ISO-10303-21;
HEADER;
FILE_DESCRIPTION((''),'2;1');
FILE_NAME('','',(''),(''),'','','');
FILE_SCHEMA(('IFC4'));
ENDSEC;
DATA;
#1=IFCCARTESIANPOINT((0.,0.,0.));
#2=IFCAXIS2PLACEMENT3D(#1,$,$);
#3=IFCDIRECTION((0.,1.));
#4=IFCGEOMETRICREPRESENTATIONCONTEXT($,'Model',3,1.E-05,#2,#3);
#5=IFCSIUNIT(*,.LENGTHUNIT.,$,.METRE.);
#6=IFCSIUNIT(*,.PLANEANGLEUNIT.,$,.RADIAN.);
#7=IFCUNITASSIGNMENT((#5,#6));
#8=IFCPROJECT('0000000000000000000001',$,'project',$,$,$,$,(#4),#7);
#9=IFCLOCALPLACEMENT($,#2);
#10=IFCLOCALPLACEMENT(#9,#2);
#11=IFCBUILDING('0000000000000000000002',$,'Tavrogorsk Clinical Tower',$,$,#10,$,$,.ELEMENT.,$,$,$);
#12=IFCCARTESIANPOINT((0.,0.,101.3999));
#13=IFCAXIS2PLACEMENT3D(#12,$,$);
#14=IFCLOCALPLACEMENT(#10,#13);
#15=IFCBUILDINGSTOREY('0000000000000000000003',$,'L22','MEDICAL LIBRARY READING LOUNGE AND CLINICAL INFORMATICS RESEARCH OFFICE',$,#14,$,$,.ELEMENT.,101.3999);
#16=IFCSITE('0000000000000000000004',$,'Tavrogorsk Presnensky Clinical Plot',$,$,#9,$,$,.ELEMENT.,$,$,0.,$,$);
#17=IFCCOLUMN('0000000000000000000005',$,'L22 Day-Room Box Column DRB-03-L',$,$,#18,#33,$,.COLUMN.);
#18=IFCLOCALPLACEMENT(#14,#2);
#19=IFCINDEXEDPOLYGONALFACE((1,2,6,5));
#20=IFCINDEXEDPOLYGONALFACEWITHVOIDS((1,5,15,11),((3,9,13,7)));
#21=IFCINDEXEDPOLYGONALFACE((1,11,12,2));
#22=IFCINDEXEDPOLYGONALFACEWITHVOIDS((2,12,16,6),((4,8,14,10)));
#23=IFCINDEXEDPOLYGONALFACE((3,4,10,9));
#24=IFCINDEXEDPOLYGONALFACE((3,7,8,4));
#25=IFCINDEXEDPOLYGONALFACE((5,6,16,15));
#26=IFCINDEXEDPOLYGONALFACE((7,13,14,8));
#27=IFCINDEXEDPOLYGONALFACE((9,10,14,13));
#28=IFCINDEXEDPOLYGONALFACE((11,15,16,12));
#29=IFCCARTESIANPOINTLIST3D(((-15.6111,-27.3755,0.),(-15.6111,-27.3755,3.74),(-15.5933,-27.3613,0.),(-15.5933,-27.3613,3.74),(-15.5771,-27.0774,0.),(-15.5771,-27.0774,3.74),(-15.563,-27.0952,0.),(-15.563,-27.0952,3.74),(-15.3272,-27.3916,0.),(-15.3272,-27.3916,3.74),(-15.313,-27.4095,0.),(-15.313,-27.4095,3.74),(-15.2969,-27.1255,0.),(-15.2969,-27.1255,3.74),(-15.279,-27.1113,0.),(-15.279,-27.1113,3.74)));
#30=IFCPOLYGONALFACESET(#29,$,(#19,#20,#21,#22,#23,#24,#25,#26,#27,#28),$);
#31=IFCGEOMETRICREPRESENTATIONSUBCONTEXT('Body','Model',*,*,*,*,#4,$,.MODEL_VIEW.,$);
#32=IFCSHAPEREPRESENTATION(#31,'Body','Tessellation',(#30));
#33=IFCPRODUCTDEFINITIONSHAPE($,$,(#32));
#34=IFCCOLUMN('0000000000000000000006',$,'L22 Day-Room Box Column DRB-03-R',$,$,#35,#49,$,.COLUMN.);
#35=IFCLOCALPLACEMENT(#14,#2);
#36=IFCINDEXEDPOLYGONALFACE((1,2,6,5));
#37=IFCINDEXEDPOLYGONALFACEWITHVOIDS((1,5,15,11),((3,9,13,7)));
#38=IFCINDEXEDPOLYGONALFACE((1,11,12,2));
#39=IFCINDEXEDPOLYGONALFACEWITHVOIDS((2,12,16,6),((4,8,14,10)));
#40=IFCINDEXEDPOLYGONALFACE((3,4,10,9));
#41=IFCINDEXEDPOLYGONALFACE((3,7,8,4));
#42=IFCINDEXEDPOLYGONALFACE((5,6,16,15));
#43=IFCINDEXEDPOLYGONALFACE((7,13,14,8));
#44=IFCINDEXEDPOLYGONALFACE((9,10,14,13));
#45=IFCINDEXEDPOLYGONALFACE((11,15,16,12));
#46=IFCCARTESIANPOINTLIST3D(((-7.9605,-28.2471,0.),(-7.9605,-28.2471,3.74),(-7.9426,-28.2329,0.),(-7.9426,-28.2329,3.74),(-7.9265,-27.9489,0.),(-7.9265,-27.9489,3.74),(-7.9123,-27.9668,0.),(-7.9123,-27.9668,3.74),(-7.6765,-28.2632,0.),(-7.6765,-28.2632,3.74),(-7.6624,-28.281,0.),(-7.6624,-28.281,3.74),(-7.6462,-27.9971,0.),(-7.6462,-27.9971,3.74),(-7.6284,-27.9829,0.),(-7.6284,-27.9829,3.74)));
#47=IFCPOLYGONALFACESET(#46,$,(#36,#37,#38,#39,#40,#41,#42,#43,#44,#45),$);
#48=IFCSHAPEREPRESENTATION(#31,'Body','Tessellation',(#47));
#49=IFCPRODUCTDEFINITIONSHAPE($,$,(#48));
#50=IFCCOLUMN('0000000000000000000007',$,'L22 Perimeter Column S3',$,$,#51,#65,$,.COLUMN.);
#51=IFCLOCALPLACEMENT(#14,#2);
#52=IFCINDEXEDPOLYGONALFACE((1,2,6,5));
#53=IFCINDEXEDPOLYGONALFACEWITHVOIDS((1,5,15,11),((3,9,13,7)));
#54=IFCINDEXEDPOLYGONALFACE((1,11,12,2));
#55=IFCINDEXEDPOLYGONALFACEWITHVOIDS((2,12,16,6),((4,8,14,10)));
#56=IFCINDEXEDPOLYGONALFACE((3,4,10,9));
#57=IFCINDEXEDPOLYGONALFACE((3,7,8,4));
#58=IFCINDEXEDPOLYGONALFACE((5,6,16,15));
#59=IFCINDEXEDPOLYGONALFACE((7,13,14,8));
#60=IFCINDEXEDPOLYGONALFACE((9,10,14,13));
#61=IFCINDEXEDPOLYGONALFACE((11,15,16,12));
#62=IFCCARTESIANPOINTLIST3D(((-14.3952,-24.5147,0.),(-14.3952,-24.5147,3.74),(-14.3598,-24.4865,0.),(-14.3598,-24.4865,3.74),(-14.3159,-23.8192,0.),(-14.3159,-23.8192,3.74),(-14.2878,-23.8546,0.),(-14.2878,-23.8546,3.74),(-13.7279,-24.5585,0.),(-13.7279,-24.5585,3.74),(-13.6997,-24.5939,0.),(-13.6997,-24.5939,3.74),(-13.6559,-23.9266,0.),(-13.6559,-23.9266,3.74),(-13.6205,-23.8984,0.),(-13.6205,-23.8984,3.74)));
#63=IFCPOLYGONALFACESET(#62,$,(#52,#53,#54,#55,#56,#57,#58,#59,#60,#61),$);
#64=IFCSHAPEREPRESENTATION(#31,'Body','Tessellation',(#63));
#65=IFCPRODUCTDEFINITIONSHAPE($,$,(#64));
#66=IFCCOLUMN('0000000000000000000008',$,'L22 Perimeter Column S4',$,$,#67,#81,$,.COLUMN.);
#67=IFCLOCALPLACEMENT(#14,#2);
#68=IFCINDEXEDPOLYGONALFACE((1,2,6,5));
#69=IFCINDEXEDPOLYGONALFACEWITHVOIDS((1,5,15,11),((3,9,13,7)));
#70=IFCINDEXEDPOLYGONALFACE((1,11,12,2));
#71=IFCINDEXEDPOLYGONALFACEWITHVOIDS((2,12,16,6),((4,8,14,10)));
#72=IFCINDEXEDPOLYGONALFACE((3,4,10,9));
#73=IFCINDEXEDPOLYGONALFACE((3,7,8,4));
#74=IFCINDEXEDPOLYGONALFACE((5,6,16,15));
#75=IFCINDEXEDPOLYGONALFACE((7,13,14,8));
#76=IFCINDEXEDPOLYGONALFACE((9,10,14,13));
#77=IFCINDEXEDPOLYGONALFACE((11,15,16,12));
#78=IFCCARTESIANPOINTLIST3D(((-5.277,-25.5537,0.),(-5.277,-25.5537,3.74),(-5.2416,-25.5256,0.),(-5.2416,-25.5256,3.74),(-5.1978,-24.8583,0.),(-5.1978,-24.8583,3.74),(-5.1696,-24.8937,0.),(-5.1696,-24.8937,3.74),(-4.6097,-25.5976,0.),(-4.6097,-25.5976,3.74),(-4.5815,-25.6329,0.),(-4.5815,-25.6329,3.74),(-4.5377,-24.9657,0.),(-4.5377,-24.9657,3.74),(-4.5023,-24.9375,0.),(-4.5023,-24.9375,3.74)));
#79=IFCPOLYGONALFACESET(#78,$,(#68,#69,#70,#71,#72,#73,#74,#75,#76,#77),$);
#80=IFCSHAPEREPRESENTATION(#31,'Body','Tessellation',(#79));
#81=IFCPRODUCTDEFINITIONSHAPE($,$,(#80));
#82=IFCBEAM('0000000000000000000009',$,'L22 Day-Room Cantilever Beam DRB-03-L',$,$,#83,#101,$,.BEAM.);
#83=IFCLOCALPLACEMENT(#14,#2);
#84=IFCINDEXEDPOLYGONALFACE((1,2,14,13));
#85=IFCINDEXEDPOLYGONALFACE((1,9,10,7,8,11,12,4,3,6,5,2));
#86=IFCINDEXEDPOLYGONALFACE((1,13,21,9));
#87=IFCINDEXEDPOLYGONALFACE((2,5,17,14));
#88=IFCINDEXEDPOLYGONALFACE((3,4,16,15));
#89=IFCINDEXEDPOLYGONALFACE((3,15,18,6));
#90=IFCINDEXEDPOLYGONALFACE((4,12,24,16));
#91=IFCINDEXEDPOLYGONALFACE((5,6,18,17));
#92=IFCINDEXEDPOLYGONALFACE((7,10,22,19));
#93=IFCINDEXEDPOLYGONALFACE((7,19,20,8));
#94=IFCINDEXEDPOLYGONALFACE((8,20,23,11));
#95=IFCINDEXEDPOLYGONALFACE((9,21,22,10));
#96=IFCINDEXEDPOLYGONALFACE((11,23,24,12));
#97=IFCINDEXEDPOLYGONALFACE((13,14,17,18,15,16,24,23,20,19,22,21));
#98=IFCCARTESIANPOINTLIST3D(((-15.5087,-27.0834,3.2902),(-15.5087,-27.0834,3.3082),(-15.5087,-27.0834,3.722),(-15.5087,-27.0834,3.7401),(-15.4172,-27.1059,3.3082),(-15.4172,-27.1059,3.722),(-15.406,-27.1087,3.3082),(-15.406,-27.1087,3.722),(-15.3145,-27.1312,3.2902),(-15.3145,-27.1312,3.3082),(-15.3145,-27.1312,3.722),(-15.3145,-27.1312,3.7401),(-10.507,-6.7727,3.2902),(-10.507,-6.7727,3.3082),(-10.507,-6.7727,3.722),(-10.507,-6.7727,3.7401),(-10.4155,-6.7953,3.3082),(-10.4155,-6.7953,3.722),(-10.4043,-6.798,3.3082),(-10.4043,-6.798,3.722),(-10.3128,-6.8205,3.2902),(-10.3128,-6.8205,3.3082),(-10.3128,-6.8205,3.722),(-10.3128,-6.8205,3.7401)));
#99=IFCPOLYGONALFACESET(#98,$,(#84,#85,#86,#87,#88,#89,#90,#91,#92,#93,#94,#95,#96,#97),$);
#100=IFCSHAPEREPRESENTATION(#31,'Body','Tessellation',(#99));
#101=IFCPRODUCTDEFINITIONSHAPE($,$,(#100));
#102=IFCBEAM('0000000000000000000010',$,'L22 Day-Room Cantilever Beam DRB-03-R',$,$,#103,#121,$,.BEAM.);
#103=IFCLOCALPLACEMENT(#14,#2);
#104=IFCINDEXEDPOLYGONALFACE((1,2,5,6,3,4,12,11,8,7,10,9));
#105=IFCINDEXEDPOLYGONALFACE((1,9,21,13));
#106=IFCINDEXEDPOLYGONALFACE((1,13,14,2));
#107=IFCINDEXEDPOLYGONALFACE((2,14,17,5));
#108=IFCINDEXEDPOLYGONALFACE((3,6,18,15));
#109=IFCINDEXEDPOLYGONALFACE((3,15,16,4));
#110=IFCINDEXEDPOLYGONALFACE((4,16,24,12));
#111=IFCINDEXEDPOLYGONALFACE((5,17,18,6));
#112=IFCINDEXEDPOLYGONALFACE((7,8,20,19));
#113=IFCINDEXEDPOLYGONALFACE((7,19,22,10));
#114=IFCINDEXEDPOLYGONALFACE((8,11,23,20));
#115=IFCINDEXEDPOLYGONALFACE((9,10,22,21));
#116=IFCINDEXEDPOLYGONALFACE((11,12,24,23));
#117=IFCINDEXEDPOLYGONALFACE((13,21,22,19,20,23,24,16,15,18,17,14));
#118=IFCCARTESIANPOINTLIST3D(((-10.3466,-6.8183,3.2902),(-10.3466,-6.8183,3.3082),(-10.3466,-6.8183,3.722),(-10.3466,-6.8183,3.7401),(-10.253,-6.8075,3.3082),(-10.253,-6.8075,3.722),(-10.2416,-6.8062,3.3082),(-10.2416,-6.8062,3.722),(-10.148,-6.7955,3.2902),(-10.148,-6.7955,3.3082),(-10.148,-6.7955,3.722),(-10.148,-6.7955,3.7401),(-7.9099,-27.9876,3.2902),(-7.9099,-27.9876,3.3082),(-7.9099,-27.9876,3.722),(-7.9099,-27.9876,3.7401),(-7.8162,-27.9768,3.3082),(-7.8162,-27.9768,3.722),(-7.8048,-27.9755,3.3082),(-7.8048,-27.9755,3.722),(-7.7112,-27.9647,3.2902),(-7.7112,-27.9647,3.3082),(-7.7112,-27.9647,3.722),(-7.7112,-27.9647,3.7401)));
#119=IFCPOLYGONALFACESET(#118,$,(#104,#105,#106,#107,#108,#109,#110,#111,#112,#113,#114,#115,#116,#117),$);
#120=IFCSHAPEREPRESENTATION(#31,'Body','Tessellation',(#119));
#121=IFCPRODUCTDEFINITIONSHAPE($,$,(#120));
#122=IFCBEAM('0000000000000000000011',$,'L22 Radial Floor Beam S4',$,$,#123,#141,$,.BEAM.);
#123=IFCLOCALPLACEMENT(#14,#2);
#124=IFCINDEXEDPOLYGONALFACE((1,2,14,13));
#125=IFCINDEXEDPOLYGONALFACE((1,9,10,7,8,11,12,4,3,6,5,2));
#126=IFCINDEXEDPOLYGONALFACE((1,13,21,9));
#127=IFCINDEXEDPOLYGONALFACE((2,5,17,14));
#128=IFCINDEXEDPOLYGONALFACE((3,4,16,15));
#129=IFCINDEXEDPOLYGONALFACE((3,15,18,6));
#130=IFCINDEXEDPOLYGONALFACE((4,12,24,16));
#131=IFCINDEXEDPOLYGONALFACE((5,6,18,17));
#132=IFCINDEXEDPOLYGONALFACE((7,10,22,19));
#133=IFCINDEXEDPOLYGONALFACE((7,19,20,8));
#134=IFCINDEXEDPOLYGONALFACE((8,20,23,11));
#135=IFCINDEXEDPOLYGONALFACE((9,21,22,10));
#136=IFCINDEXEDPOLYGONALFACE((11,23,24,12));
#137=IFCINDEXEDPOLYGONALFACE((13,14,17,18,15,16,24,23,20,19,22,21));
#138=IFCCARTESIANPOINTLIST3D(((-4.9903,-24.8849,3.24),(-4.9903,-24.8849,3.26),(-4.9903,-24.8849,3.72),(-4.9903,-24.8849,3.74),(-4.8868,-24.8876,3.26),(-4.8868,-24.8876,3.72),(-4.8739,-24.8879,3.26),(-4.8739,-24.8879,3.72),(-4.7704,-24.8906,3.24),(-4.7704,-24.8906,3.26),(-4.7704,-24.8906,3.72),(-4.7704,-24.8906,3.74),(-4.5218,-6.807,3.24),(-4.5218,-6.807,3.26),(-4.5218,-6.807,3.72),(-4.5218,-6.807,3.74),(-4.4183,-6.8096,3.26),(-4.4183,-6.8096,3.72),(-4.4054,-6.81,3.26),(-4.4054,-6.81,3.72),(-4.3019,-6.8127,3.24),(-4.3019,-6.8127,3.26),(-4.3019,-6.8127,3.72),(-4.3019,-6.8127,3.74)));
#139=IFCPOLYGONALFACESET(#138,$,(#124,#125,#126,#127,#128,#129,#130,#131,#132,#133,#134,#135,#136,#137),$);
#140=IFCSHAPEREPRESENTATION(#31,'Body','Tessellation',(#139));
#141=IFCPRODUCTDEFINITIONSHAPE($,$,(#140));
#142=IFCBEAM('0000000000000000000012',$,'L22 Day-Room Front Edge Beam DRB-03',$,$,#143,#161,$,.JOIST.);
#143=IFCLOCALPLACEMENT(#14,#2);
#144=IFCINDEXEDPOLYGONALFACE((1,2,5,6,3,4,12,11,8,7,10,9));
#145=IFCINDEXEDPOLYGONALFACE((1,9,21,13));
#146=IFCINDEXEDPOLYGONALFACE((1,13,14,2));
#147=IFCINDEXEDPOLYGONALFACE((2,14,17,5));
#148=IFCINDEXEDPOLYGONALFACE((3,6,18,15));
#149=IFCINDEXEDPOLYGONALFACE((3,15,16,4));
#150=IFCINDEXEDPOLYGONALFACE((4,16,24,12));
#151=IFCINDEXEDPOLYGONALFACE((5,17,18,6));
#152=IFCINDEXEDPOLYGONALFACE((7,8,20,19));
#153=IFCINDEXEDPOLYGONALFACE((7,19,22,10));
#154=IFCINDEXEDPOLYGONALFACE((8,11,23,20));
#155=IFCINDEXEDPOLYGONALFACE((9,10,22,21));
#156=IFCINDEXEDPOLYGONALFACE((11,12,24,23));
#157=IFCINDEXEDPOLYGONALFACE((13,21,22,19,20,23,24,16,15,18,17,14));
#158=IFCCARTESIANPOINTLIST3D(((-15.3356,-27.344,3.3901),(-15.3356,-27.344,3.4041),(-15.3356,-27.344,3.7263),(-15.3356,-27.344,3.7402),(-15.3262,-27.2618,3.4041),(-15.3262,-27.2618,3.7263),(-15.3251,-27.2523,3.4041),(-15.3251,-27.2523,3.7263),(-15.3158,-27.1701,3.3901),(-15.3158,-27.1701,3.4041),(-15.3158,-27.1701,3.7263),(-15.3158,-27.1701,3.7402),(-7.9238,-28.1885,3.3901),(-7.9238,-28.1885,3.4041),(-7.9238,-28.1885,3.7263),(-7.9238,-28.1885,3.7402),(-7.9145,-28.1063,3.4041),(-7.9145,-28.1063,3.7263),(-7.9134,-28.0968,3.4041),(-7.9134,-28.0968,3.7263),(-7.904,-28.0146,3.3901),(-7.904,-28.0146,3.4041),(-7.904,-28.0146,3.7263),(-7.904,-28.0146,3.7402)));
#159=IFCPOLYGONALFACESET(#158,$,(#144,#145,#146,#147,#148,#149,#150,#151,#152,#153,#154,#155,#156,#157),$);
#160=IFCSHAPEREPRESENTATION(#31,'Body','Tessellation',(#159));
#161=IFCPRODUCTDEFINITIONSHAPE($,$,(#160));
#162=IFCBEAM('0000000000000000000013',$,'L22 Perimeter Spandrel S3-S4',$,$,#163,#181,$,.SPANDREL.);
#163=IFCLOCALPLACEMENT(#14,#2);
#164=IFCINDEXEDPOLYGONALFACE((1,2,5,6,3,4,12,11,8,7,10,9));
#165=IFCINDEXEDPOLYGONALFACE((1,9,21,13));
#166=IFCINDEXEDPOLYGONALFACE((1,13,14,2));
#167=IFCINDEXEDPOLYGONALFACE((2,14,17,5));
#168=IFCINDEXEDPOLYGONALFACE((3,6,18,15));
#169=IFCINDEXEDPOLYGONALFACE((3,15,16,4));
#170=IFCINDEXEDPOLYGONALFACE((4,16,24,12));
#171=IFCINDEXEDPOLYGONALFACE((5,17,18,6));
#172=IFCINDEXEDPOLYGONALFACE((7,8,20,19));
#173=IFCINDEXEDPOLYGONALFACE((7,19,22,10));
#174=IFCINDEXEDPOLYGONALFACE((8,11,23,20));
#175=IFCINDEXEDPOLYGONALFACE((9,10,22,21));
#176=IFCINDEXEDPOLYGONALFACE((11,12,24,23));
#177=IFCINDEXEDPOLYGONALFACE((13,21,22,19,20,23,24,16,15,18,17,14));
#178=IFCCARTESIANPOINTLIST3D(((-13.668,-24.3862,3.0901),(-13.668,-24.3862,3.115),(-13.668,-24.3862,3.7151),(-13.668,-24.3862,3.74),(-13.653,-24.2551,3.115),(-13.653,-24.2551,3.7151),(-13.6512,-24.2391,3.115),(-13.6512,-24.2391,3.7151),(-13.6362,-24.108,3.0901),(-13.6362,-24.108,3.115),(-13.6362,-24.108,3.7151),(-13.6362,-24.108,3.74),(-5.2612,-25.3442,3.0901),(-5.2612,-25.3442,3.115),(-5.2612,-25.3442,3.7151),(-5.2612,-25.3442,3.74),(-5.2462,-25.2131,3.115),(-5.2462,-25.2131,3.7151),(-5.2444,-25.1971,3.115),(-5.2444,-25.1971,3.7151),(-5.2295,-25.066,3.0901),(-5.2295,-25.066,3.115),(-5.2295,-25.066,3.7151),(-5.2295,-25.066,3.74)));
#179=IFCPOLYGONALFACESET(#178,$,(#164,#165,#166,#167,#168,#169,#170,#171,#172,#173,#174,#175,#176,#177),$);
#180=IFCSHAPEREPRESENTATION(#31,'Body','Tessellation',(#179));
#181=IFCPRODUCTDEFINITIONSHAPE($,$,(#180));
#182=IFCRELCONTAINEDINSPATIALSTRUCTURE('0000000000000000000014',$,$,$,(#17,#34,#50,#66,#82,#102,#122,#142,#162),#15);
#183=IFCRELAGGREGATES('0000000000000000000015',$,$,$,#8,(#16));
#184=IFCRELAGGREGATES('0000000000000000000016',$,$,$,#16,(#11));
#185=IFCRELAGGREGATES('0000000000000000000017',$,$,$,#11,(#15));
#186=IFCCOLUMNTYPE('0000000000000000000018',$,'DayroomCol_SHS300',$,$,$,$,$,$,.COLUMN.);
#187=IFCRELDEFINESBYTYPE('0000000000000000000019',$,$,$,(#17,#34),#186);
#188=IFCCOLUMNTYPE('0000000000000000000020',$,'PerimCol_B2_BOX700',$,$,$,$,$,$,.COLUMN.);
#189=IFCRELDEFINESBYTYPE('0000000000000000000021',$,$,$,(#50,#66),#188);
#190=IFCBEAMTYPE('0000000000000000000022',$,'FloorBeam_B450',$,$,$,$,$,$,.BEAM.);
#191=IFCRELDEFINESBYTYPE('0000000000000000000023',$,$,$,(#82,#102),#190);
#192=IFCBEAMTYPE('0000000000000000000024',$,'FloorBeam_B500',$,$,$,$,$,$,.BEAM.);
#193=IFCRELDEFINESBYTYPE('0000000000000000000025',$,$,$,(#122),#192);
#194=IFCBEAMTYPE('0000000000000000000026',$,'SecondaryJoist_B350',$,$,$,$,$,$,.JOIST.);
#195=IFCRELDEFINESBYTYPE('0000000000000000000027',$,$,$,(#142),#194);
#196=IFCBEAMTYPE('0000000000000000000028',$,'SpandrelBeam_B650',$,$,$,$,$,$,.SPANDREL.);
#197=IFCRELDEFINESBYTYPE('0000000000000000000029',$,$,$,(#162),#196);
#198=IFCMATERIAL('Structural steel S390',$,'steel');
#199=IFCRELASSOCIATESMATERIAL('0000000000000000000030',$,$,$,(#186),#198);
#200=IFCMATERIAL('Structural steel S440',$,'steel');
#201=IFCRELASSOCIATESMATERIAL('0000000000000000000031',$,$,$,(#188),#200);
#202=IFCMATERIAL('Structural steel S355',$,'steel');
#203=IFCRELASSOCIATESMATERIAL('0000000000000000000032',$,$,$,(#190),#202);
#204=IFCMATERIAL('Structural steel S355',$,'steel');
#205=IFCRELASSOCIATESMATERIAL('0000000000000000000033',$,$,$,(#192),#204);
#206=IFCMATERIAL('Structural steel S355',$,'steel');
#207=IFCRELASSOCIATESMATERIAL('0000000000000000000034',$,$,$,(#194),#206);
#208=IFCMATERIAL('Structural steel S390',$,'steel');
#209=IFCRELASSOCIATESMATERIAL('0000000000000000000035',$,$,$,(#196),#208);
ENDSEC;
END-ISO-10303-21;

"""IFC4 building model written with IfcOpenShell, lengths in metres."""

from ifc_helpers import new_model, si_unit, direction, frame, origin, origin_2d, place, context, subcontext, project, spatial, hollow_rectangle, i_section, extrude, material, material_profile, profile_set, type_object, element, save


model = new_model("IFC4")

# Units and contexts
model_context = context("Model", 3, precision=1e-05, world=origin(), true_north=direction((0.0, 1.0)))
body_context = subcontext(model_context, "Body", "Model", "MODEL_VIEW")
ifc_project = project(units=[si_unit("LENGTHUNIT", "METRE"), si_unit("PLANEANGLEUNIT", "RADIAN")], contexts=[model_context])

# Site, building, storey
site_placement = place(None, origin())
site = spatial("IfcSite", under=ifc_project, at=site_placement, Name="Tavrogorsk Presnensky Clinical Plot", CompositionType="ELEMENT", RefElevation=0.0)
building_placement = place(site_placement, origin())
building = spatial("IfcBuilding", under=site, at=building_placement, Name="Tavrogorsk Clinical Tower", CompositionType="ELEMENT")
storey_placement = place(building_placement, frame((0.0, 0.0, 101.3999)))
storey = spatial("IfcBuildingStorey", under=building, at=storey_placement, Name="L22", Description="MEDICAL LIBRARY READING LOUNGE AND CLINICAL INFORMATICS RESEARCH OFFICE", CompositionType="ELEMENT", Elevation=101.3999)

# Columns
ifc_material_1 = material(Name="Structural steel S390", Category="steel")
ifc_material_profile_1 = material_profile(ifc_material_1, hollow_rectangle(XDim=0.3, YDim=0.3, WallThickness=0.0161, at=origin_2d()), Name="SHS-300x300x16")
ifc_profile_set_1 = profile_set([ifc_material_profile_1], Name="Structural steel S390")
column_type_1 = type_object("IfcColumnType", Name="DayroomCol_SHS300", PredefinedType="COLUMN", material=ifc_profile_set_1)
for number, where, z_axis, x_axis, name in (
    (1, (-15.4451, -27.2434, 0.0), (0.0, 0.0, 1.0), (0.993572, -0.113203, 0.0), "L22 Day-Room Box Column DRB-03-L"),
    (2, (-7.7944, -28.115, 0.0), (0.0, 0.0, 1.0), (0.993572, -0.113203, 0.0), "L22 Day-Room Box Column DRB-03-R"),
):
    element("IfcColumn", number, at=place(storey_placement, frame(where, z_axis=z_axis, x_axis=x_axis)), inside=storey, type_object=column_type_1, Name=name, PredefinedType="COLUMN", context=body_context, shape_type="SweptSolid", body=[
        extrude(hollow_rectangle(XDim=0.3, YDim=0.3, WallThickness=0.0161, at=origin_2d()), origin(), (0.0, 0.0, 1.0), 3.74),
    ])
ifc_material_2 = material(Name="Structural steel S440", Category="steel")
ifc_material_profile_2 = material_profile(ifc_material_2, hollow_rectangle(XDim=0.7, YDim=0.7, WallThickness=0.032, at=origin_2d()), Name="BOX-700x700x32")
ifc_profile_set_2 = profile_set([ifc_material_profile_2], Name="Structural steel S440")
column_type_2 = type_object("IfcColumnType", Name="PerimCol_B2_BOX700", PredefinedType="COLUMN", material=ifc_profile_set_2)
for number, where, z_axis, x_axis, name in (
    (3, (-14.0078, -24.2065, 0.0), (0.0, 0.0, 1.0), (0.993572, -0.113203, 0.0), "L22 Perimeter Column S3"),
    (4, (-4.8896, -25.2456, 0.0), (0.0, 0.0, 1.0), (0.993572, -0.113203, 0.0), "L22 Perimeter Column S4"),
):
    element("IfcColumn", number, at=place(storey_placement, frame(where, z_axis=z_axis, x_axis=x_axis)), inside=storey, type_object=column_type_2, Name=name, PredefinedType="COLUMN", context=body_context, shape_type="SweptSolid", body=[
        extrude(hollow_rectangle(XDim=0.7, YDim=0.7, WallThickness=0.032, at=origin_2d()), origin(), (0.0, 0.0, 1.0), 3.74),
    ])

# Beams
ifc_material_3 = material(Name="Structural steel S355", Category="steel")
ifc_material_profile_3 = material_profile(ifc_material_3, i_section(OverallWidth=0.2, OverallDepth=0.45, WebThickness=0.0115, FlangeThickness=0.0181, at=origin_2d()), Name="B-450x200x11.5x18")
ifc_profile_set_3 = profile_set([ifc_material_profile_3], Name="Structural steel S355")
beam_type_1 = type_object("IfcBeamType", Name="FloorBeam_B450", PredefinedType="BEAM", material=ifc_profile_set_3)
beam_1_placement = place(storey_placement, frame((-10.4099, -6.7966, 3.5151), z_axis=(-0.239115, -0.970991, 0.0), x_axis=(0.970991, -0.239115, 0.0)))
element("IfcBeam", 5, at=beam_1_placement, inside=storey, type_object=beam_type_1, Name="L22 Day-Room Cantilever Beam DRB-03-L", PredefinedType="BEAM", context=body_context, shape_type="SweptSolid", body=[
    extrude(i_section(OverallWidth=0.2, OverallDepth=0.45, WebThickness=0.0115, FlangeThickness=0.0181, at=origin_2d()), origin(), (0.0, 0.0, 1.0), 20.9175),
])
beam_2_placement = place(storey_placement, frame((-10.2473, -6.8069, 3.5151), z_axis=(0.114354, -0.99344, 0.0), x_axis=(0.99344, 0.114354, 0.0)))
element("IfcBeam", 6, at=beam_2_placement, inside=storey, type_object=beam_type_1, Name="L22 Day-Room Cantilever Beam DRB-03-R", PredefinedType="BEAM", context=body_context, shape_type="SweptSolid", body=[
    extrude(i_section(OverallWidth=0.2, OverallDepth=0.45, WebThickness=0.0115, FlangeThickness=0.0181, at=origin_2d()), origin(), (0.0, 0.0, 1.0), 21.3091),
])
ifc_material_4 = material(Name="Structural steel S355", Category="steel")
ifc_material_profile_4 = material_profile(ifc_material_4, i_section(OverallWidth=0.22, OverallDepth=0.5, WebThickness=0.0129, FlangeThickness=0.02, at=origin_2d()), Name="B-500x220x13x20")
ifc_profile_set_4 = profile_set([ifc_material_profile_4], Name="Structural steel S355")
beam_type_2 = type_object("IfcBeamType", Name="FloorBeam_B500", PredefinedType="BEAM", material=ifc_profile_set_4)
beam_3_placement = place(storey_placement, frame((-4.4119, -6.8098, 3.49), z_axis=(-0.025907, -0.999664, 0.0), x_axis=(0.999664, -0.025907, 0.0)))
element("IfcBeam", 7, at=beam_3_placement, inside=storey, type_object=beam_type_2, Name="L22 Radial Floor Beam S4", PredefinedType="BEAM", context=body_context, shape_type="SweptSolid", body=[
    extrude(i_section(OverallWidth=0.22, OverallDepth=0.5, WebThickness=0.0129, FlangeThickness=0.02, at=origin_2d()), origin(), (0.0, 0.0, 1.0), 18.084),
])
ifc_material_5 = material(Name="Structural steel S355", Category="steel")
ifc_material_profile_5 = material_profile(ifc_material_5, i_section(OverallWidth=0.175, OverallDepth=0.3501, WebThickness=0.0095, FlangeThickness=0.0139, at=origin_2d()), Name="B-350x175x9.5x14")
ifc_profile_set_5 = profile_set([ifc_material_profile_5], Name="Structural steel S355")
beam_type_3 = type_object("IfcBeamType", Name="SecondaryJoist_B350", PredefinedType="JOIST", material=ifc_profile_set_5)
beam_4_placement = place(storey_placement, frame((-15.3257, -27.2571, 3.5652), z_axis=(0.993572, -0.113204, 0.0), x_axis=(0.113204, 0.993572, 0.0)))
element("IfcBeam", 8, at=beam_4_placement, inside=storey, type_object=beam_type_3, Name="L22 Day-Room Front Edge Beam DRB-03", PredefinedType="JOIST", context=body_context, shape_type="SweptSolid", body=[
    extrude(i_section(OverallWidth=0.175, OverallDepth=0.3501, WebThickness=0.0095, FlangeThickness=0.0139, at=origin_2d()), origin(), (0.0, 0.0, 1.0), 7.4597),
])
ifc_material_6 = material(Name="Structural steel S390", Category="steel")
ifc_material_profile_6 = material_profile(ifc_material_6, i_section(OverallWidth=0.28, OverallDepth=0.6499, WebThickness=0.0161, FlangeThickness=0.0249, at=origin_2d()), Name="B-650x280x16x25")
ifc_profile_set_6 = profile_set([ifc_material_profile_6], Name="Structural steel S390")
beam_type_4 = type_object("IfcBeamType", Name="SpandrelBeam_B650", PredefinedType="SPANDREL", material=ifc_profile_set_6)
for number, where, z_axis, x_axis, name in (
    (9, (-13.6521, -24.2471, 3.415), (0.993569, -0.113224, 0.0), (0.113224, 0.993569, 0.0), "L22 Perimeter Spandrel S3-S4"),
):
    element("IfcBeam", number, at=place(storey_placement, frame(where, z_axis=z_axis, x_axis=x_axis)), inside=storey, type_object=beam_type_4, Name=name, PredefinedType="SPANDREL", context=body_context, shape_type="SweptSolid", body=[
        extrude(i_section(OverallWidth=0.28, OverallDepth=0.6499, WebThickness=0.0161, FlangeThickness=0.0249, at=origin_2d()), origin(), (0.0, 0.0, 1.0), 8.4612),
    ])

save(model, "model.ifc")
